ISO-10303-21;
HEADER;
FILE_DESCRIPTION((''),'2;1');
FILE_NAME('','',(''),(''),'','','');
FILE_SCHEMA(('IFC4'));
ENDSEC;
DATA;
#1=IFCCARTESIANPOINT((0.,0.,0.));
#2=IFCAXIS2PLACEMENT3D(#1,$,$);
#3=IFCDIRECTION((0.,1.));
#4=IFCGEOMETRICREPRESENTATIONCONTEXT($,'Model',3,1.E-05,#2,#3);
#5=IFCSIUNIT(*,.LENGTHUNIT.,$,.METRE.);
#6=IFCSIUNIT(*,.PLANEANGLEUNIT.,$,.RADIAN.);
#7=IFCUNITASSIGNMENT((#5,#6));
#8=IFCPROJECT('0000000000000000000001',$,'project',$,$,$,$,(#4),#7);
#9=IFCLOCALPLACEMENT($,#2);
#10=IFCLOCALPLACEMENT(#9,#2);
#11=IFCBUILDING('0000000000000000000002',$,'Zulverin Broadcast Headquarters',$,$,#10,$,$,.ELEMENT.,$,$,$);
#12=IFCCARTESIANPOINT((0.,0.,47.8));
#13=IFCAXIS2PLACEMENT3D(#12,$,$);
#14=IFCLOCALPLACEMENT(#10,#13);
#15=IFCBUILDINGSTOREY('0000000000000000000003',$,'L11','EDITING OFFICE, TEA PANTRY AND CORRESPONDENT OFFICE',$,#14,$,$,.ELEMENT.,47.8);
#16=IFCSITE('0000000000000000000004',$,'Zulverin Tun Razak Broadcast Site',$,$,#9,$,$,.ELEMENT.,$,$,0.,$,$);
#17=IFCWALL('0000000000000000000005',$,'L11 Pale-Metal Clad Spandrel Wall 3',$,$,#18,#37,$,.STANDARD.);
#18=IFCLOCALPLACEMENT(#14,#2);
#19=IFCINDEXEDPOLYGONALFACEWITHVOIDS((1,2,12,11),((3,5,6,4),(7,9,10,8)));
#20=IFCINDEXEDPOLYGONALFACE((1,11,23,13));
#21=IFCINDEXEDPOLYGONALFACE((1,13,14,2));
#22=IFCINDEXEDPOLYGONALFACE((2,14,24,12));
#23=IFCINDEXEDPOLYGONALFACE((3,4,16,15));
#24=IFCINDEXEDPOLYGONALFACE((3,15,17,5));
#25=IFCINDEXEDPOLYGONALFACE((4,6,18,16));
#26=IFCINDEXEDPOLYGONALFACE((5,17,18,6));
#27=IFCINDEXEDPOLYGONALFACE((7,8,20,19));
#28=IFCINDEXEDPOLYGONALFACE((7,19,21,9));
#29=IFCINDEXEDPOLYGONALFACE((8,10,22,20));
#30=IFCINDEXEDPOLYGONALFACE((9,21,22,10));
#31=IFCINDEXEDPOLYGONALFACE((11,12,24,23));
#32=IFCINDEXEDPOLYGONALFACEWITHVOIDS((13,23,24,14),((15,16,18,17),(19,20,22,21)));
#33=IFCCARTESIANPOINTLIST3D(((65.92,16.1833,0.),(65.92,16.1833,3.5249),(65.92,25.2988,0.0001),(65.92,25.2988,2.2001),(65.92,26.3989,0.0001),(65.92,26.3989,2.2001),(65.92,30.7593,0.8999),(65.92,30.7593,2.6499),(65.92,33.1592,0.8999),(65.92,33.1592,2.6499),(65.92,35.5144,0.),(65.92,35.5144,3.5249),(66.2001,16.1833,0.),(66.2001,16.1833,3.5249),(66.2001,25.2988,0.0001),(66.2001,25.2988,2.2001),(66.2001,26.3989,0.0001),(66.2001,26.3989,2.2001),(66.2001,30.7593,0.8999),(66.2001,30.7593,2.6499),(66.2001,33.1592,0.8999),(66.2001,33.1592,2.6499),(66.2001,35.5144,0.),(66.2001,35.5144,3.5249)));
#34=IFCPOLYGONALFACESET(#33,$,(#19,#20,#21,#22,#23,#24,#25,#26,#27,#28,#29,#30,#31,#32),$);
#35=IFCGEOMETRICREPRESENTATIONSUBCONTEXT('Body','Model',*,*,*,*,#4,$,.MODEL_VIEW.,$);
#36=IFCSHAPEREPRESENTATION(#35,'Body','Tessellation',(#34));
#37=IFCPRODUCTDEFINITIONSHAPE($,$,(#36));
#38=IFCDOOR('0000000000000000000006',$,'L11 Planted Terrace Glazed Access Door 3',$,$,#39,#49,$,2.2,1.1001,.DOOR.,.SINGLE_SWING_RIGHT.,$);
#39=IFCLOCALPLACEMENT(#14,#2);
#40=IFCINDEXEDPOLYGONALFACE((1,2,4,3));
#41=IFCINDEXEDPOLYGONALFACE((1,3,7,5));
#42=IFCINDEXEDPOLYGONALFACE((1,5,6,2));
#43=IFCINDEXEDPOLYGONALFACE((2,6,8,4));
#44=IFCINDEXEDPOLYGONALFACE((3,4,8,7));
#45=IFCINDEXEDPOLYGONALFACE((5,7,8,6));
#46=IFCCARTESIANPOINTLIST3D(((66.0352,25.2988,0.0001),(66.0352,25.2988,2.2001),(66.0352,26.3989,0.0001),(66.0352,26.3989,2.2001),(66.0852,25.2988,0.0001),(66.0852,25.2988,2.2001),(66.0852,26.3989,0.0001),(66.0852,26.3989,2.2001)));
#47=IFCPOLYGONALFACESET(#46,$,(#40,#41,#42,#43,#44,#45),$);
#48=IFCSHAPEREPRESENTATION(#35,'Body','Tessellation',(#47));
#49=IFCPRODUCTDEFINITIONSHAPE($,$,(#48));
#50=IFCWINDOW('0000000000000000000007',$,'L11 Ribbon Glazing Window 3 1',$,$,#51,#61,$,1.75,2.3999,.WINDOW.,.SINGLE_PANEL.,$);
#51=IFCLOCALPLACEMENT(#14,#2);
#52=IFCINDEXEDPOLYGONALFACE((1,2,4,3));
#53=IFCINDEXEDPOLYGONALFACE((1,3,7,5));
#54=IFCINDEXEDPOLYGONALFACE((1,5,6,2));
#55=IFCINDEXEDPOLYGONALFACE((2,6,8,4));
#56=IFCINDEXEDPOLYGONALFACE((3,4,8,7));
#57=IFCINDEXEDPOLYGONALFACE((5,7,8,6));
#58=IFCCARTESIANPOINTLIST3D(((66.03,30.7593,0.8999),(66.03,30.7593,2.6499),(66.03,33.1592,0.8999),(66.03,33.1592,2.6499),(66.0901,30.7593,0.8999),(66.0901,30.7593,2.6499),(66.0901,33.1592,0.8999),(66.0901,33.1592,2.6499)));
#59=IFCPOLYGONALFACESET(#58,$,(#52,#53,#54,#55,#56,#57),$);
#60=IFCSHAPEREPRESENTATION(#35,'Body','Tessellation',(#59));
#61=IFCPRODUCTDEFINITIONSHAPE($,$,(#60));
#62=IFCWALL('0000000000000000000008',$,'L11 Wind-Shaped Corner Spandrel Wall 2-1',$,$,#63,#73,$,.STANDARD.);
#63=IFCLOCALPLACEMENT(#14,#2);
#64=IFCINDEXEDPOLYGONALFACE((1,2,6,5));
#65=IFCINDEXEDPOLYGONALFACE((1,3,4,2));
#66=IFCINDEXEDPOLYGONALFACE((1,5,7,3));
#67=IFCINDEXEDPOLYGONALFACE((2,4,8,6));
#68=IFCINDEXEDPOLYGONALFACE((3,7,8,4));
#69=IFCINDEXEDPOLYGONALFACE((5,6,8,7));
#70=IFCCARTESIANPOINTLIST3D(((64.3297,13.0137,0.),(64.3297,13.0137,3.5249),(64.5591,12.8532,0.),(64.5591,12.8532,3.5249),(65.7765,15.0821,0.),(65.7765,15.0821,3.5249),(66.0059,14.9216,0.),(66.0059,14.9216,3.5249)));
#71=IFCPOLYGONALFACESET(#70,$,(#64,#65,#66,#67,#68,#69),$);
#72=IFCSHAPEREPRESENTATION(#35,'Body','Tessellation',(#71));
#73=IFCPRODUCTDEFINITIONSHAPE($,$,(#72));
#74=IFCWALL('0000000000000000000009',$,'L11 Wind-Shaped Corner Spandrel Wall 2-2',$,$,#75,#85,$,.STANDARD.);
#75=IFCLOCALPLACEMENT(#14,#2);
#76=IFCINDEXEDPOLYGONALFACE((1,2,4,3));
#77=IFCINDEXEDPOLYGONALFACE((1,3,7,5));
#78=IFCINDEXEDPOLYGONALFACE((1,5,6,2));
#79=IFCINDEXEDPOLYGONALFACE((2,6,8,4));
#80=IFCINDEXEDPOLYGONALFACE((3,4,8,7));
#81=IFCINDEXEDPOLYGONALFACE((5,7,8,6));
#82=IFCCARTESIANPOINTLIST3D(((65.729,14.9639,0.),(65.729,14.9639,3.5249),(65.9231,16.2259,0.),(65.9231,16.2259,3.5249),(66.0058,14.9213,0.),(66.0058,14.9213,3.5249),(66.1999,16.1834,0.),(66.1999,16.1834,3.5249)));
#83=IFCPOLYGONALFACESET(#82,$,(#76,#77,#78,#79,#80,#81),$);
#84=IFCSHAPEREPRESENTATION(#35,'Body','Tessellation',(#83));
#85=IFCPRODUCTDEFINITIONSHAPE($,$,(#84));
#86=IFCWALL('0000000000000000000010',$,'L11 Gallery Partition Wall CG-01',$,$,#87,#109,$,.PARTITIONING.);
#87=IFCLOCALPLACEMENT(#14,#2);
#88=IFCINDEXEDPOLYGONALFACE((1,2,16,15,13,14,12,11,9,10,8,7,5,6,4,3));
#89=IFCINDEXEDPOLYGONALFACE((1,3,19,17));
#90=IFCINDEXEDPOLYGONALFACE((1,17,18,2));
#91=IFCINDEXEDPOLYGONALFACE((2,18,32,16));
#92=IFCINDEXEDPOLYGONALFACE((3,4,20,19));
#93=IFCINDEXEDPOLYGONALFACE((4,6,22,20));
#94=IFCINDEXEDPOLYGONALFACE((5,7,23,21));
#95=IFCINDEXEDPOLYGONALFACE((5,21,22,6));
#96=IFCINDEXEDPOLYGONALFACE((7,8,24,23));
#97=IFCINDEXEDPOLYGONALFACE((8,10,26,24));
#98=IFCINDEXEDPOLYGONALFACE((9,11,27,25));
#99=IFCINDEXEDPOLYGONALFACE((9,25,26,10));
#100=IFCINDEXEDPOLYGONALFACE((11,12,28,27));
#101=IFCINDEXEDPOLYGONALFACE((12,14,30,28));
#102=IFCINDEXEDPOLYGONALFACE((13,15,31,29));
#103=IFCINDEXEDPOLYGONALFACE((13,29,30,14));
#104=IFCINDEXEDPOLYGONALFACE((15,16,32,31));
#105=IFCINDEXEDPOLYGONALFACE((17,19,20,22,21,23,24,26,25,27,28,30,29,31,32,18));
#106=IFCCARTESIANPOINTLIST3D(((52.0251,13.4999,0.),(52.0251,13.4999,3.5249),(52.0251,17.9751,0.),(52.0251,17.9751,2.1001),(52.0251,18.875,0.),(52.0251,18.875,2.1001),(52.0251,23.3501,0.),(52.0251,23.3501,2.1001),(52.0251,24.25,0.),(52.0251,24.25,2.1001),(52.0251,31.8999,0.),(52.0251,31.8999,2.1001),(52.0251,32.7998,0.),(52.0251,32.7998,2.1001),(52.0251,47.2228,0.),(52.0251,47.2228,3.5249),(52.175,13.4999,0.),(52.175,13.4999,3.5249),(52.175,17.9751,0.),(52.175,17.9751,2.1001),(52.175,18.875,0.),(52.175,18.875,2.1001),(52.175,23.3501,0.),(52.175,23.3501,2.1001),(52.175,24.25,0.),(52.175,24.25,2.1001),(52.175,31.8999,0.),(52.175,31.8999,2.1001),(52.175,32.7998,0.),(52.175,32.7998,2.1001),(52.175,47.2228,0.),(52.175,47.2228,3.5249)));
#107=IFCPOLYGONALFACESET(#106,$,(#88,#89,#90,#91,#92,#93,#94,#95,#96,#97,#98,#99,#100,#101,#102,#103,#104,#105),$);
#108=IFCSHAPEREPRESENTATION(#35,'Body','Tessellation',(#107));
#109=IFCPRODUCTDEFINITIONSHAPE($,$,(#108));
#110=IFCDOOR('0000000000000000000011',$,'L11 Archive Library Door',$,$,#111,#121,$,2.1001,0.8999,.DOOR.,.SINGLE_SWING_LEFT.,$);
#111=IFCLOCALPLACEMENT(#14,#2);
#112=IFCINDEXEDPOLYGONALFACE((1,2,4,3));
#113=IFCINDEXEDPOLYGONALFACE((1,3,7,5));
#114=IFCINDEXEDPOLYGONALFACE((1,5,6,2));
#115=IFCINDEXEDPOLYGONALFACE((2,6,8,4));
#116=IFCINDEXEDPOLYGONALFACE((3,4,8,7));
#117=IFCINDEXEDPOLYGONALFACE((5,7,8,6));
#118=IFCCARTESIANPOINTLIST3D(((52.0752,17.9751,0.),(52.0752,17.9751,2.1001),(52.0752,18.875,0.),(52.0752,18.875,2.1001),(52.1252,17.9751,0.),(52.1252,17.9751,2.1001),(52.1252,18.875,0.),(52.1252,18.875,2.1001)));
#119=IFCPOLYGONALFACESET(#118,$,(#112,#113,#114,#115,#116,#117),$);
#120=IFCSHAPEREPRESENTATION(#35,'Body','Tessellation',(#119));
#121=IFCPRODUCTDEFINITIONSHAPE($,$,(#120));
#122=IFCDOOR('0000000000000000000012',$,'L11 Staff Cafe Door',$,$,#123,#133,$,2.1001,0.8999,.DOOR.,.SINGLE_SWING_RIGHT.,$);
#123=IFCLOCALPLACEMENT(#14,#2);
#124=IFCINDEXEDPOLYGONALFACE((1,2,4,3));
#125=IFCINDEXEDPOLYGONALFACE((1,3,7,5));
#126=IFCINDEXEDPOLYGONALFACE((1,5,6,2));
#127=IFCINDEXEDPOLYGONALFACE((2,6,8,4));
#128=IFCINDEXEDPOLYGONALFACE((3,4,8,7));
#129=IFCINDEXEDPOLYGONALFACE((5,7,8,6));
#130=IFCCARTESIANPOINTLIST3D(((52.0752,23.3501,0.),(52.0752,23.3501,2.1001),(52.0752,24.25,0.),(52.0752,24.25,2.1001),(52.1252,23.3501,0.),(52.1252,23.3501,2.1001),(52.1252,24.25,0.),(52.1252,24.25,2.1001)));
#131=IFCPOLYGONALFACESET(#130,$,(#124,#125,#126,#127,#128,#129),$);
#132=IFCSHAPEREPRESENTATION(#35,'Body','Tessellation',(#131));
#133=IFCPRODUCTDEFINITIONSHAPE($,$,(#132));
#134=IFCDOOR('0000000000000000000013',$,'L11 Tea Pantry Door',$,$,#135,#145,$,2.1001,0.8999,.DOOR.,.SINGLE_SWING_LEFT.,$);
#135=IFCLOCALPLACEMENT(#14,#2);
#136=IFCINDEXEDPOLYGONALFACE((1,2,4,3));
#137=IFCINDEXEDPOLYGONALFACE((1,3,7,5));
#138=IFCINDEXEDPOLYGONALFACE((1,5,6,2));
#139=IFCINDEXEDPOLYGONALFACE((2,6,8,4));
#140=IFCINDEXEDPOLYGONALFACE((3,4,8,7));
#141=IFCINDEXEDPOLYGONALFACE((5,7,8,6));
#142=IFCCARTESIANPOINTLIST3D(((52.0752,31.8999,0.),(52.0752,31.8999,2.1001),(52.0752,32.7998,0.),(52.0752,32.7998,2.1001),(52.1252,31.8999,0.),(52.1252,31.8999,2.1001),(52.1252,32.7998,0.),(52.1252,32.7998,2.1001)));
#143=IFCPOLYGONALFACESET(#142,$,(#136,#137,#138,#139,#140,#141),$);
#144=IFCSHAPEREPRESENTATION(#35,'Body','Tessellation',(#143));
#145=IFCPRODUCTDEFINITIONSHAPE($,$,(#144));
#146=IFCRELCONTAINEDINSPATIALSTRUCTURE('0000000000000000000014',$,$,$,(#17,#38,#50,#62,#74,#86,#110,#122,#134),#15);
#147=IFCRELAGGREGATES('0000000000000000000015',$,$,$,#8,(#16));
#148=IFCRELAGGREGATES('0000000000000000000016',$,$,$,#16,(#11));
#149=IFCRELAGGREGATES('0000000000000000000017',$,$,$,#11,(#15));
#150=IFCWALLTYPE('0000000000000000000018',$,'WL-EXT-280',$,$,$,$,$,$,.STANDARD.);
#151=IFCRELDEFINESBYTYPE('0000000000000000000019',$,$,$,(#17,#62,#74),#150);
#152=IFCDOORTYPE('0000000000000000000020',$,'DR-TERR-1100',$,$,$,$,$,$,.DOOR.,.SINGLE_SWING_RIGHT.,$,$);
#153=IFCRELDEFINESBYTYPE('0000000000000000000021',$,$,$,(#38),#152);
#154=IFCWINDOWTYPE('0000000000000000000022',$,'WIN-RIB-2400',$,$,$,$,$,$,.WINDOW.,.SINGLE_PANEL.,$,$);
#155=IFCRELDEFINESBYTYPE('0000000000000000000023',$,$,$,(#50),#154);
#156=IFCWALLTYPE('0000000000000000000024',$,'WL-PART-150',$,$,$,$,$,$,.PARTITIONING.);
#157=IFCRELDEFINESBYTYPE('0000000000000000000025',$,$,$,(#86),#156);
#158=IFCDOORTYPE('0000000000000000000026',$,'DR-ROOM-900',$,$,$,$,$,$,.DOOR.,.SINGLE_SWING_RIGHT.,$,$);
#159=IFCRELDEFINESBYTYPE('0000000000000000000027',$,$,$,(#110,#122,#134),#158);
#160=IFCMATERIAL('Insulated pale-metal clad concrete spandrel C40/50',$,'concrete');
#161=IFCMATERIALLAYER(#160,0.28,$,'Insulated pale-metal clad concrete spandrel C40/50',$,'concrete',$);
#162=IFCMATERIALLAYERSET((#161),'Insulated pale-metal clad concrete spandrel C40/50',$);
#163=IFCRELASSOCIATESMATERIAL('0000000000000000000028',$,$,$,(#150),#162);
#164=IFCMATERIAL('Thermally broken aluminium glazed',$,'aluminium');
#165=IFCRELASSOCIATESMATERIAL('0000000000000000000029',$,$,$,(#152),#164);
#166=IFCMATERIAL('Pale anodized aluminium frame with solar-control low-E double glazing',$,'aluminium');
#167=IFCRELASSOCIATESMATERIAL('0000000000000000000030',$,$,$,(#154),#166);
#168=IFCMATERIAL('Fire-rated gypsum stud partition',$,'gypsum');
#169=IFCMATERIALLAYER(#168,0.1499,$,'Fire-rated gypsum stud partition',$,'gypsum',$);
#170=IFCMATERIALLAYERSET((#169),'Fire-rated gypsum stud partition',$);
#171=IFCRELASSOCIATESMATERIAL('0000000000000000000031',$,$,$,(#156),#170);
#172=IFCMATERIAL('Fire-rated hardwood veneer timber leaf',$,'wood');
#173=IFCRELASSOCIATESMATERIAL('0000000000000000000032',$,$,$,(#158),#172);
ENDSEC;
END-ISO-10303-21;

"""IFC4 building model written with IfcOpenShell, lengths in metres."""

from ifc_helpers import new_model, si_unit, direction, frame, frame_2d, origin, place, context, subcontext, project, spatial, rectangle, extrude, material, layer, layer_set, type_object, element, fill, save


model = new_model("IFC4")

# Units and contexts
model_context = context("Model", 3, precision=1e-05, world=origin(), true_north=direction((0.0, 1.0)))
body_context = subcontext(model_context, "Body", "Model", "MODEL_VIEW")
ifc_project = project(units=[si_unit("LENGTHUNIT", "METRE"), si_unit("PLANEANGLEUNIT", "RADIAN")], contexts=[model_context])

# Site, building, storey
site_placement = place(None, origin())
site = spatial("IfcSite", under=ifc_project, at=site_placement, Name="Zulverin Tun Razak Broadcast Site", CompositionType="ELEMENT", RefElevation=0.0)
building_placement = place(site_placement, origin())
building = spatial("IfcBuilding", under=site, at=building_placement, Name="Zulverin Broadcast Headquarters", CompositionType="ELEMENT")
storey_placement = place(building_placement, frame((0.0, 0.0, 47.8)))
storey = spatial("IfcBuildingStorey", under=building, at=storey_placement, Name="L11", Description="EDITING OFFICE, TEA PANTRY AND CORRESPONDENT OFFICE", CompositionType="ELEMENT", Elevation=47.8)

# Wall, openings, door, window
ifc_material_1 = material(Name="Insulated pale-metal clad concrete spandrel C40/50", Category="concrete")
ifc_layer_1 = layer(ifc_material_1, 0.28, Name="Insulated pale-metal clad concrete spandrel C40/50", Category="concrete")
ifc_layer_set_1 = layer_set([ifc_layer_1], Name="Insulated pale-metal clad concrete spandrel C40/50")
wall_type_1 = type_object("IfcWallType", Name="WL-EXT-280", PredefinedType="STANDARD", material=ifc_layer_set_1)
wall_1_placement = place(storey_placement, frame((66.0601, 16.1833, 0.0), z_axis=(0.0, 0.0, 1.0), x_axis=(0.0, 1.0, 0.0)))
wall_1 = element("IfcWall", 1, at=wall_1_placement, inside=storey, type_object=wall_type_1, Name="L11 Pale-Metal Clad Spandrel Wall 3", PredefinedType="STANDARD", context=body_context, shape_type="SweptSolid", body=[
    extrude(rectangle(XDim=19.3311, YDim=0.28, at=frame_2d((9.6655, 0.0))), origin(), (0.0, 0.0, 1.0), 3.5249),
])
opening_1_placement = place(wall_1_placement, frame((9.1155, 0.0, 0.0)))
opening_1 = element("IfcOpeningElement", 2, at=opening_1_placement, cuts=wall_1, PredefinedType="OPENING", context=body_context, shape_type="SweptSolid", body=[
    extrude(rectangle(XDim=1.1001, YDim=2.2, at=frame_2d((0.55, 1.1001))), frame((0.0, 0.1499, 0.0), z_axis=(0.0, -1.0, 0.0), x_axis=(1.0, 0.0, 0.0)), (0.0, 0.0, 1.0), 0.3),
])
opening_2_placement = place(wall_1_placement, frame((14.5759, 0.0, 0.8999)))
opening_2 = element("IfcOpeningElement", 3, at=opening_2_placement, cuts=wall_1, PredefinedType="OPENING", context=body_context, shape_type="SweptSolid", body=[
    extrude(rectangle(XDim=2.3999, YDim=1.75, at=frame_2d((1.2, 0.875))), frame((0.0, 0.1499, 0.0), z_axis=(0.0, -1.0, 0.0), x_axis=(1.0, 0.0, 0.0)), (0.0, 0.0, 1.0), 0.3),
])
ifc_material_2 = material(Name="Thermally broken aluminium glazed", Category="aluminium")
door_type_1 = type_object("IfcDoorType", Name="DR-TERR-1100", OperationType="SINGLE_SWING_RIGHT", PredefinedType="DOOR", material=ifc_material_2)
door_1_placement = place(opening_1_placement, origin())
door_1 = element("IfcDoor", 4, at=door_1_placement, inside=storey, type_object=door_type_1, Name="L11 Planted Terrace Glazed Access Door 3", OperationType="SINGLE_SWING_RIGHT", OverallHeight=2.2, OverallWidth=1.1001, PredefinedType="DOOR", context=body_context, shape_type="SweptSolid", body=[
    extrude(rectangle(XDim=1.1001, YDim=2.2, at=frame_2d((0.55, 1.1001))), frame((0.0, 0.0249, 0.0), z_axis=(0.0, -1.0, 0.0), x_axis=(1.0, 0.0, 0.0)), (0.0, 0.0, 1.0), 0.05),
])
fill(opening_1, door_1)
ifc_material_3 = material(Name="Pale anodized aluminium frame with solar-control low-E double glazing", Category="aluminium")
window_type = type_object("IfcWindowType", Name="WIN-RIB-2400", PartitioningType="SINGLE_PANEL", PredefinedType="WINDOW", material=ifc_material_3)
window_placement = place(opening_2_placement, origin())
window = element("IfcWindow", 5, at=window_placement, inside=storey, type_object=window_type, Name="L11 Ribbon Glazing Window 3 1", OverallHeight=1.75, OverallWidth=2.3999, PartitioningType="SINGLE_PANEL", PredefinedType="WINDOW", context=body_context, shape_type="SweptSolid", body=[
    extrude(rectangle(XDim=2.3999, YDim=1.75, at=frame_2d((1.2, 0.875))), frame((0.0, 0.03, 0.0), z_axis=(0.0, -1.0, 0.0), x_axis=(1.0, 0.0, 0.0)), (0.0, 0.0, 1.0), 0.0601),
])
fill(opening_2, window)

# Walls
wall_2_placement = place(storey_placement, frame((64.4443, 12.9333, 0.0), z_axis=(0.0, 0.0, 1.0), x_axis=(0.573177, 0.819432, 0.0)))
element("IfcWall", 6, at=wall_2_placement, inside=storey, type_object=wall_type_1, Name="L11 Wind-Shaped Corner Spandrel Wall 2-1", PredefinedType="STANDARD", context=body_context, shape_type="SweptSolid", body=[
    extrude(rectangle(XDim=2.5242, YDim=0.28, at=frame_2d((1.2622, 0.0))), origin(), (0.0, 0.0, 1.0), 3.5249),
])
wall_3_placement = place(storey_placement, frame((65.8674, 14.9426, 0.0), z_axis=(0.0, 0.0, 1.0), x_axis=(0.152014, 0.988378, 0.0)))
element("IfcWall", 7, at=wall_3_placement, inside=storey, type_object=wall_type_1, Name="L11 Wind-Shaped Corner Spandrel Wall 2-2", PredefinedType="STANDARD", context=body_context, shape_type="SweptSolid", body=[
    extrude(rectangle(XDim=1.2769, YDim=0.28, at=frame_2d((0.6384, 0.0))), origin(), (0.0, 0.0, 1.0), 3.5249),
])

# Wall, openings, doors
ifc_material_4 = material(Name="Fire-rated gypsum stud partition", Category="gypsum")
ifc_layer_2 = layer(ifc_material_4, 0.1499, Name="Fire-rated gypsum stud partition", Category="gypsum")
ifc_layer_set_2 = layer_set([ifc_layer_2], Name="Fire-rated gypsum stud partition")
wall_type_2 = type_object("IfcWallType", Name="WL-PART-150", PredefinedType="PARTITIONING", material=ifc_layer_set_2)
wall_4_placement = place(storey_placement, frame((52.1001, 13.5, 0.0), z_axis=(0.0, 0.0, 1.0), x_axis=(0.0, 1.0, 0.0)))
wall_4 = element("IfcWall", 8, at=wall_4_placement, inside=storey, type_object=wall_type_2, Name="L11 Gallery Partition Wall CG-01", PredefinedType="PARTITIONING", context=body_context, shape_type="SweptSolid", body=[
    extrude(rectangle(XDim=33.7229, YDim=0.1499, at=frame_2d((16.8613, 0.0))), origin(), (0.0, 0.0, 1.0), 3.5249),
])
opening_3_placement = place(wall_4_placement, frame((4.4751, 0.0, 0.0)))
opening_3 = element("IfcOpeningElement", 9, at=opening_3_placement, cuts=wall_4, PredefinedType="OPENING", context=body_context, shape_type="SweptSolid", body=[
    extrude(rectangle(XDim=0.8999, YDim=2.1001, at=frame_2d((0.45, 1.05))), frame((0.0, 0.085, 0.0), z_axis=(0.0, -1.0, 0.0), x_axis=(1.0, 0.0, 0.0)), (0.0, 0.0, 1.0), 0.1699),
])
opening_4_placement = place(wall_4_placement, frame((9.8501, 0.0, 0.0)))
opening_4 = element("IfcOpeningElement", 10, at=opening_4_placement, cuts=wall_4, PredefinedType="OPENING", context=body_context, shape_type="SweptSolid", body=[
    extrude(rectangle(XDim=0.8999, YDim=2.1001, at=frame_2d((0.45, 1.05))), frame((0.0, 0.085, 0.0), z_axis=(0.0, -1.0, 0.0), x_axis=(1.0, 0.0, 0.0)), (0.0, 0.0, 1.0), 0.1699),
])
opening_5_placement = place(wall_4_placement, frame((18.3999, 0.0, 0.0)))
opening_5 = element("IfcOpeningElement", 11, at=opening_5_placement, cuts=wall_4, PredefinedType="OPENING", context=body_context, shape_type="SweptSolid", body=[
    extrude(rectangle(XDim=0.8999, YDim=2.1001, at=frame_2d((0.45, 1.05))), frame((0.0, 0.085, 0.0), z_axis=(0.0, -1.0, 0.0), x_axis=(1.0, 0.0, 0.0)), (0.0, 0.0, 1.0), 0.1699),
])
ifc_material_5 = material(Name="Fire-rated hardwood veneer timber leaf", Category="wood")
door_type_2 = type_object("IfcDoorType", Name="DR-ROOM-900", OperationType="SINGLE_SWING_RIGHT", PredefinedType="DOOR", material=ifc_material_5)
door_2_placement = place(opening_3_placement, origin())
door_2 = element("IfcDoor", 12, at=door_2_placement, inside=storey, type_object=door_type_2, Name="L11 Archive Library Door", OperationType="SINGLE_SWING_LEFT", OverallHeight=2.1001, OverallWidth=0.8999, PredefinedType="DOOR", context=body_context, shape_type="SweptSolid", body=[
    extrude(rectangle(XDim=0.8999, YDim=2.1001, at=frame_2d((0.45, 1.05))), frame((0.0, 0.0249, 0.0), z_axis=(0.0, -1.0, 0.0), x_axis=(1.0, 0.0, 0.0)), (0.0, 0.0, 1.0), 0.05),
])
fill(opening_3, door_2)
door_3_placement = place(opening_4_placement, origin())
door_3 = element("IfcDoor", 13, at=door_3_placement, inside=storey, type_object=door_type_2, Name="L11 Staff Cafe Door", OperationType="SINGLE_SWING_RIGHT", OverallHeight=2.1001, OverallWidth=0.8999, PredefinedType="DOOR", context=body_context, shape_type="SweptSolid", body=[
    extrude(rectangle(XDim=0.8999, YDim=2.1001, at=frame_2d((0.45, 1.05))), frame((0.0, 0.0249, 0.0), z_axis=(0.0, -1.0, 0.0), x_axis=(1.0, 0.0, 0.0)), (0.0, 0.0, 1.0), 0.05),
])
fill(opening_4, door_3)
door_4_placement = place(opening_5_placement, origin())
door_4 = element("IfcDoor", 14, at=door_4_placement, inside=storey, type_object=door_type_2, Name="L11 Tea Pantry Door", OperationType="SINGLE_SWING_LEFT", OverallHeight=2.1001, OverallWidth=0.8999, PredefinedType="DOOR", context=body_context, shape_type="SweptSolid", body=[
    extrude(rectangle(XDim=0.8999, YDim=2.1001, at=frame_2d((0.45, 1.05))), frame((0.0, 0.0249, 0.0), z_axis=(0.0, -1.0, 0.0), x_axis=(1.0, 0.0, 0.0)), (0.0, 0.0, 1.0), 0.05),
])
fill(opening_5, door_4)

save(model, "model.ifc")
